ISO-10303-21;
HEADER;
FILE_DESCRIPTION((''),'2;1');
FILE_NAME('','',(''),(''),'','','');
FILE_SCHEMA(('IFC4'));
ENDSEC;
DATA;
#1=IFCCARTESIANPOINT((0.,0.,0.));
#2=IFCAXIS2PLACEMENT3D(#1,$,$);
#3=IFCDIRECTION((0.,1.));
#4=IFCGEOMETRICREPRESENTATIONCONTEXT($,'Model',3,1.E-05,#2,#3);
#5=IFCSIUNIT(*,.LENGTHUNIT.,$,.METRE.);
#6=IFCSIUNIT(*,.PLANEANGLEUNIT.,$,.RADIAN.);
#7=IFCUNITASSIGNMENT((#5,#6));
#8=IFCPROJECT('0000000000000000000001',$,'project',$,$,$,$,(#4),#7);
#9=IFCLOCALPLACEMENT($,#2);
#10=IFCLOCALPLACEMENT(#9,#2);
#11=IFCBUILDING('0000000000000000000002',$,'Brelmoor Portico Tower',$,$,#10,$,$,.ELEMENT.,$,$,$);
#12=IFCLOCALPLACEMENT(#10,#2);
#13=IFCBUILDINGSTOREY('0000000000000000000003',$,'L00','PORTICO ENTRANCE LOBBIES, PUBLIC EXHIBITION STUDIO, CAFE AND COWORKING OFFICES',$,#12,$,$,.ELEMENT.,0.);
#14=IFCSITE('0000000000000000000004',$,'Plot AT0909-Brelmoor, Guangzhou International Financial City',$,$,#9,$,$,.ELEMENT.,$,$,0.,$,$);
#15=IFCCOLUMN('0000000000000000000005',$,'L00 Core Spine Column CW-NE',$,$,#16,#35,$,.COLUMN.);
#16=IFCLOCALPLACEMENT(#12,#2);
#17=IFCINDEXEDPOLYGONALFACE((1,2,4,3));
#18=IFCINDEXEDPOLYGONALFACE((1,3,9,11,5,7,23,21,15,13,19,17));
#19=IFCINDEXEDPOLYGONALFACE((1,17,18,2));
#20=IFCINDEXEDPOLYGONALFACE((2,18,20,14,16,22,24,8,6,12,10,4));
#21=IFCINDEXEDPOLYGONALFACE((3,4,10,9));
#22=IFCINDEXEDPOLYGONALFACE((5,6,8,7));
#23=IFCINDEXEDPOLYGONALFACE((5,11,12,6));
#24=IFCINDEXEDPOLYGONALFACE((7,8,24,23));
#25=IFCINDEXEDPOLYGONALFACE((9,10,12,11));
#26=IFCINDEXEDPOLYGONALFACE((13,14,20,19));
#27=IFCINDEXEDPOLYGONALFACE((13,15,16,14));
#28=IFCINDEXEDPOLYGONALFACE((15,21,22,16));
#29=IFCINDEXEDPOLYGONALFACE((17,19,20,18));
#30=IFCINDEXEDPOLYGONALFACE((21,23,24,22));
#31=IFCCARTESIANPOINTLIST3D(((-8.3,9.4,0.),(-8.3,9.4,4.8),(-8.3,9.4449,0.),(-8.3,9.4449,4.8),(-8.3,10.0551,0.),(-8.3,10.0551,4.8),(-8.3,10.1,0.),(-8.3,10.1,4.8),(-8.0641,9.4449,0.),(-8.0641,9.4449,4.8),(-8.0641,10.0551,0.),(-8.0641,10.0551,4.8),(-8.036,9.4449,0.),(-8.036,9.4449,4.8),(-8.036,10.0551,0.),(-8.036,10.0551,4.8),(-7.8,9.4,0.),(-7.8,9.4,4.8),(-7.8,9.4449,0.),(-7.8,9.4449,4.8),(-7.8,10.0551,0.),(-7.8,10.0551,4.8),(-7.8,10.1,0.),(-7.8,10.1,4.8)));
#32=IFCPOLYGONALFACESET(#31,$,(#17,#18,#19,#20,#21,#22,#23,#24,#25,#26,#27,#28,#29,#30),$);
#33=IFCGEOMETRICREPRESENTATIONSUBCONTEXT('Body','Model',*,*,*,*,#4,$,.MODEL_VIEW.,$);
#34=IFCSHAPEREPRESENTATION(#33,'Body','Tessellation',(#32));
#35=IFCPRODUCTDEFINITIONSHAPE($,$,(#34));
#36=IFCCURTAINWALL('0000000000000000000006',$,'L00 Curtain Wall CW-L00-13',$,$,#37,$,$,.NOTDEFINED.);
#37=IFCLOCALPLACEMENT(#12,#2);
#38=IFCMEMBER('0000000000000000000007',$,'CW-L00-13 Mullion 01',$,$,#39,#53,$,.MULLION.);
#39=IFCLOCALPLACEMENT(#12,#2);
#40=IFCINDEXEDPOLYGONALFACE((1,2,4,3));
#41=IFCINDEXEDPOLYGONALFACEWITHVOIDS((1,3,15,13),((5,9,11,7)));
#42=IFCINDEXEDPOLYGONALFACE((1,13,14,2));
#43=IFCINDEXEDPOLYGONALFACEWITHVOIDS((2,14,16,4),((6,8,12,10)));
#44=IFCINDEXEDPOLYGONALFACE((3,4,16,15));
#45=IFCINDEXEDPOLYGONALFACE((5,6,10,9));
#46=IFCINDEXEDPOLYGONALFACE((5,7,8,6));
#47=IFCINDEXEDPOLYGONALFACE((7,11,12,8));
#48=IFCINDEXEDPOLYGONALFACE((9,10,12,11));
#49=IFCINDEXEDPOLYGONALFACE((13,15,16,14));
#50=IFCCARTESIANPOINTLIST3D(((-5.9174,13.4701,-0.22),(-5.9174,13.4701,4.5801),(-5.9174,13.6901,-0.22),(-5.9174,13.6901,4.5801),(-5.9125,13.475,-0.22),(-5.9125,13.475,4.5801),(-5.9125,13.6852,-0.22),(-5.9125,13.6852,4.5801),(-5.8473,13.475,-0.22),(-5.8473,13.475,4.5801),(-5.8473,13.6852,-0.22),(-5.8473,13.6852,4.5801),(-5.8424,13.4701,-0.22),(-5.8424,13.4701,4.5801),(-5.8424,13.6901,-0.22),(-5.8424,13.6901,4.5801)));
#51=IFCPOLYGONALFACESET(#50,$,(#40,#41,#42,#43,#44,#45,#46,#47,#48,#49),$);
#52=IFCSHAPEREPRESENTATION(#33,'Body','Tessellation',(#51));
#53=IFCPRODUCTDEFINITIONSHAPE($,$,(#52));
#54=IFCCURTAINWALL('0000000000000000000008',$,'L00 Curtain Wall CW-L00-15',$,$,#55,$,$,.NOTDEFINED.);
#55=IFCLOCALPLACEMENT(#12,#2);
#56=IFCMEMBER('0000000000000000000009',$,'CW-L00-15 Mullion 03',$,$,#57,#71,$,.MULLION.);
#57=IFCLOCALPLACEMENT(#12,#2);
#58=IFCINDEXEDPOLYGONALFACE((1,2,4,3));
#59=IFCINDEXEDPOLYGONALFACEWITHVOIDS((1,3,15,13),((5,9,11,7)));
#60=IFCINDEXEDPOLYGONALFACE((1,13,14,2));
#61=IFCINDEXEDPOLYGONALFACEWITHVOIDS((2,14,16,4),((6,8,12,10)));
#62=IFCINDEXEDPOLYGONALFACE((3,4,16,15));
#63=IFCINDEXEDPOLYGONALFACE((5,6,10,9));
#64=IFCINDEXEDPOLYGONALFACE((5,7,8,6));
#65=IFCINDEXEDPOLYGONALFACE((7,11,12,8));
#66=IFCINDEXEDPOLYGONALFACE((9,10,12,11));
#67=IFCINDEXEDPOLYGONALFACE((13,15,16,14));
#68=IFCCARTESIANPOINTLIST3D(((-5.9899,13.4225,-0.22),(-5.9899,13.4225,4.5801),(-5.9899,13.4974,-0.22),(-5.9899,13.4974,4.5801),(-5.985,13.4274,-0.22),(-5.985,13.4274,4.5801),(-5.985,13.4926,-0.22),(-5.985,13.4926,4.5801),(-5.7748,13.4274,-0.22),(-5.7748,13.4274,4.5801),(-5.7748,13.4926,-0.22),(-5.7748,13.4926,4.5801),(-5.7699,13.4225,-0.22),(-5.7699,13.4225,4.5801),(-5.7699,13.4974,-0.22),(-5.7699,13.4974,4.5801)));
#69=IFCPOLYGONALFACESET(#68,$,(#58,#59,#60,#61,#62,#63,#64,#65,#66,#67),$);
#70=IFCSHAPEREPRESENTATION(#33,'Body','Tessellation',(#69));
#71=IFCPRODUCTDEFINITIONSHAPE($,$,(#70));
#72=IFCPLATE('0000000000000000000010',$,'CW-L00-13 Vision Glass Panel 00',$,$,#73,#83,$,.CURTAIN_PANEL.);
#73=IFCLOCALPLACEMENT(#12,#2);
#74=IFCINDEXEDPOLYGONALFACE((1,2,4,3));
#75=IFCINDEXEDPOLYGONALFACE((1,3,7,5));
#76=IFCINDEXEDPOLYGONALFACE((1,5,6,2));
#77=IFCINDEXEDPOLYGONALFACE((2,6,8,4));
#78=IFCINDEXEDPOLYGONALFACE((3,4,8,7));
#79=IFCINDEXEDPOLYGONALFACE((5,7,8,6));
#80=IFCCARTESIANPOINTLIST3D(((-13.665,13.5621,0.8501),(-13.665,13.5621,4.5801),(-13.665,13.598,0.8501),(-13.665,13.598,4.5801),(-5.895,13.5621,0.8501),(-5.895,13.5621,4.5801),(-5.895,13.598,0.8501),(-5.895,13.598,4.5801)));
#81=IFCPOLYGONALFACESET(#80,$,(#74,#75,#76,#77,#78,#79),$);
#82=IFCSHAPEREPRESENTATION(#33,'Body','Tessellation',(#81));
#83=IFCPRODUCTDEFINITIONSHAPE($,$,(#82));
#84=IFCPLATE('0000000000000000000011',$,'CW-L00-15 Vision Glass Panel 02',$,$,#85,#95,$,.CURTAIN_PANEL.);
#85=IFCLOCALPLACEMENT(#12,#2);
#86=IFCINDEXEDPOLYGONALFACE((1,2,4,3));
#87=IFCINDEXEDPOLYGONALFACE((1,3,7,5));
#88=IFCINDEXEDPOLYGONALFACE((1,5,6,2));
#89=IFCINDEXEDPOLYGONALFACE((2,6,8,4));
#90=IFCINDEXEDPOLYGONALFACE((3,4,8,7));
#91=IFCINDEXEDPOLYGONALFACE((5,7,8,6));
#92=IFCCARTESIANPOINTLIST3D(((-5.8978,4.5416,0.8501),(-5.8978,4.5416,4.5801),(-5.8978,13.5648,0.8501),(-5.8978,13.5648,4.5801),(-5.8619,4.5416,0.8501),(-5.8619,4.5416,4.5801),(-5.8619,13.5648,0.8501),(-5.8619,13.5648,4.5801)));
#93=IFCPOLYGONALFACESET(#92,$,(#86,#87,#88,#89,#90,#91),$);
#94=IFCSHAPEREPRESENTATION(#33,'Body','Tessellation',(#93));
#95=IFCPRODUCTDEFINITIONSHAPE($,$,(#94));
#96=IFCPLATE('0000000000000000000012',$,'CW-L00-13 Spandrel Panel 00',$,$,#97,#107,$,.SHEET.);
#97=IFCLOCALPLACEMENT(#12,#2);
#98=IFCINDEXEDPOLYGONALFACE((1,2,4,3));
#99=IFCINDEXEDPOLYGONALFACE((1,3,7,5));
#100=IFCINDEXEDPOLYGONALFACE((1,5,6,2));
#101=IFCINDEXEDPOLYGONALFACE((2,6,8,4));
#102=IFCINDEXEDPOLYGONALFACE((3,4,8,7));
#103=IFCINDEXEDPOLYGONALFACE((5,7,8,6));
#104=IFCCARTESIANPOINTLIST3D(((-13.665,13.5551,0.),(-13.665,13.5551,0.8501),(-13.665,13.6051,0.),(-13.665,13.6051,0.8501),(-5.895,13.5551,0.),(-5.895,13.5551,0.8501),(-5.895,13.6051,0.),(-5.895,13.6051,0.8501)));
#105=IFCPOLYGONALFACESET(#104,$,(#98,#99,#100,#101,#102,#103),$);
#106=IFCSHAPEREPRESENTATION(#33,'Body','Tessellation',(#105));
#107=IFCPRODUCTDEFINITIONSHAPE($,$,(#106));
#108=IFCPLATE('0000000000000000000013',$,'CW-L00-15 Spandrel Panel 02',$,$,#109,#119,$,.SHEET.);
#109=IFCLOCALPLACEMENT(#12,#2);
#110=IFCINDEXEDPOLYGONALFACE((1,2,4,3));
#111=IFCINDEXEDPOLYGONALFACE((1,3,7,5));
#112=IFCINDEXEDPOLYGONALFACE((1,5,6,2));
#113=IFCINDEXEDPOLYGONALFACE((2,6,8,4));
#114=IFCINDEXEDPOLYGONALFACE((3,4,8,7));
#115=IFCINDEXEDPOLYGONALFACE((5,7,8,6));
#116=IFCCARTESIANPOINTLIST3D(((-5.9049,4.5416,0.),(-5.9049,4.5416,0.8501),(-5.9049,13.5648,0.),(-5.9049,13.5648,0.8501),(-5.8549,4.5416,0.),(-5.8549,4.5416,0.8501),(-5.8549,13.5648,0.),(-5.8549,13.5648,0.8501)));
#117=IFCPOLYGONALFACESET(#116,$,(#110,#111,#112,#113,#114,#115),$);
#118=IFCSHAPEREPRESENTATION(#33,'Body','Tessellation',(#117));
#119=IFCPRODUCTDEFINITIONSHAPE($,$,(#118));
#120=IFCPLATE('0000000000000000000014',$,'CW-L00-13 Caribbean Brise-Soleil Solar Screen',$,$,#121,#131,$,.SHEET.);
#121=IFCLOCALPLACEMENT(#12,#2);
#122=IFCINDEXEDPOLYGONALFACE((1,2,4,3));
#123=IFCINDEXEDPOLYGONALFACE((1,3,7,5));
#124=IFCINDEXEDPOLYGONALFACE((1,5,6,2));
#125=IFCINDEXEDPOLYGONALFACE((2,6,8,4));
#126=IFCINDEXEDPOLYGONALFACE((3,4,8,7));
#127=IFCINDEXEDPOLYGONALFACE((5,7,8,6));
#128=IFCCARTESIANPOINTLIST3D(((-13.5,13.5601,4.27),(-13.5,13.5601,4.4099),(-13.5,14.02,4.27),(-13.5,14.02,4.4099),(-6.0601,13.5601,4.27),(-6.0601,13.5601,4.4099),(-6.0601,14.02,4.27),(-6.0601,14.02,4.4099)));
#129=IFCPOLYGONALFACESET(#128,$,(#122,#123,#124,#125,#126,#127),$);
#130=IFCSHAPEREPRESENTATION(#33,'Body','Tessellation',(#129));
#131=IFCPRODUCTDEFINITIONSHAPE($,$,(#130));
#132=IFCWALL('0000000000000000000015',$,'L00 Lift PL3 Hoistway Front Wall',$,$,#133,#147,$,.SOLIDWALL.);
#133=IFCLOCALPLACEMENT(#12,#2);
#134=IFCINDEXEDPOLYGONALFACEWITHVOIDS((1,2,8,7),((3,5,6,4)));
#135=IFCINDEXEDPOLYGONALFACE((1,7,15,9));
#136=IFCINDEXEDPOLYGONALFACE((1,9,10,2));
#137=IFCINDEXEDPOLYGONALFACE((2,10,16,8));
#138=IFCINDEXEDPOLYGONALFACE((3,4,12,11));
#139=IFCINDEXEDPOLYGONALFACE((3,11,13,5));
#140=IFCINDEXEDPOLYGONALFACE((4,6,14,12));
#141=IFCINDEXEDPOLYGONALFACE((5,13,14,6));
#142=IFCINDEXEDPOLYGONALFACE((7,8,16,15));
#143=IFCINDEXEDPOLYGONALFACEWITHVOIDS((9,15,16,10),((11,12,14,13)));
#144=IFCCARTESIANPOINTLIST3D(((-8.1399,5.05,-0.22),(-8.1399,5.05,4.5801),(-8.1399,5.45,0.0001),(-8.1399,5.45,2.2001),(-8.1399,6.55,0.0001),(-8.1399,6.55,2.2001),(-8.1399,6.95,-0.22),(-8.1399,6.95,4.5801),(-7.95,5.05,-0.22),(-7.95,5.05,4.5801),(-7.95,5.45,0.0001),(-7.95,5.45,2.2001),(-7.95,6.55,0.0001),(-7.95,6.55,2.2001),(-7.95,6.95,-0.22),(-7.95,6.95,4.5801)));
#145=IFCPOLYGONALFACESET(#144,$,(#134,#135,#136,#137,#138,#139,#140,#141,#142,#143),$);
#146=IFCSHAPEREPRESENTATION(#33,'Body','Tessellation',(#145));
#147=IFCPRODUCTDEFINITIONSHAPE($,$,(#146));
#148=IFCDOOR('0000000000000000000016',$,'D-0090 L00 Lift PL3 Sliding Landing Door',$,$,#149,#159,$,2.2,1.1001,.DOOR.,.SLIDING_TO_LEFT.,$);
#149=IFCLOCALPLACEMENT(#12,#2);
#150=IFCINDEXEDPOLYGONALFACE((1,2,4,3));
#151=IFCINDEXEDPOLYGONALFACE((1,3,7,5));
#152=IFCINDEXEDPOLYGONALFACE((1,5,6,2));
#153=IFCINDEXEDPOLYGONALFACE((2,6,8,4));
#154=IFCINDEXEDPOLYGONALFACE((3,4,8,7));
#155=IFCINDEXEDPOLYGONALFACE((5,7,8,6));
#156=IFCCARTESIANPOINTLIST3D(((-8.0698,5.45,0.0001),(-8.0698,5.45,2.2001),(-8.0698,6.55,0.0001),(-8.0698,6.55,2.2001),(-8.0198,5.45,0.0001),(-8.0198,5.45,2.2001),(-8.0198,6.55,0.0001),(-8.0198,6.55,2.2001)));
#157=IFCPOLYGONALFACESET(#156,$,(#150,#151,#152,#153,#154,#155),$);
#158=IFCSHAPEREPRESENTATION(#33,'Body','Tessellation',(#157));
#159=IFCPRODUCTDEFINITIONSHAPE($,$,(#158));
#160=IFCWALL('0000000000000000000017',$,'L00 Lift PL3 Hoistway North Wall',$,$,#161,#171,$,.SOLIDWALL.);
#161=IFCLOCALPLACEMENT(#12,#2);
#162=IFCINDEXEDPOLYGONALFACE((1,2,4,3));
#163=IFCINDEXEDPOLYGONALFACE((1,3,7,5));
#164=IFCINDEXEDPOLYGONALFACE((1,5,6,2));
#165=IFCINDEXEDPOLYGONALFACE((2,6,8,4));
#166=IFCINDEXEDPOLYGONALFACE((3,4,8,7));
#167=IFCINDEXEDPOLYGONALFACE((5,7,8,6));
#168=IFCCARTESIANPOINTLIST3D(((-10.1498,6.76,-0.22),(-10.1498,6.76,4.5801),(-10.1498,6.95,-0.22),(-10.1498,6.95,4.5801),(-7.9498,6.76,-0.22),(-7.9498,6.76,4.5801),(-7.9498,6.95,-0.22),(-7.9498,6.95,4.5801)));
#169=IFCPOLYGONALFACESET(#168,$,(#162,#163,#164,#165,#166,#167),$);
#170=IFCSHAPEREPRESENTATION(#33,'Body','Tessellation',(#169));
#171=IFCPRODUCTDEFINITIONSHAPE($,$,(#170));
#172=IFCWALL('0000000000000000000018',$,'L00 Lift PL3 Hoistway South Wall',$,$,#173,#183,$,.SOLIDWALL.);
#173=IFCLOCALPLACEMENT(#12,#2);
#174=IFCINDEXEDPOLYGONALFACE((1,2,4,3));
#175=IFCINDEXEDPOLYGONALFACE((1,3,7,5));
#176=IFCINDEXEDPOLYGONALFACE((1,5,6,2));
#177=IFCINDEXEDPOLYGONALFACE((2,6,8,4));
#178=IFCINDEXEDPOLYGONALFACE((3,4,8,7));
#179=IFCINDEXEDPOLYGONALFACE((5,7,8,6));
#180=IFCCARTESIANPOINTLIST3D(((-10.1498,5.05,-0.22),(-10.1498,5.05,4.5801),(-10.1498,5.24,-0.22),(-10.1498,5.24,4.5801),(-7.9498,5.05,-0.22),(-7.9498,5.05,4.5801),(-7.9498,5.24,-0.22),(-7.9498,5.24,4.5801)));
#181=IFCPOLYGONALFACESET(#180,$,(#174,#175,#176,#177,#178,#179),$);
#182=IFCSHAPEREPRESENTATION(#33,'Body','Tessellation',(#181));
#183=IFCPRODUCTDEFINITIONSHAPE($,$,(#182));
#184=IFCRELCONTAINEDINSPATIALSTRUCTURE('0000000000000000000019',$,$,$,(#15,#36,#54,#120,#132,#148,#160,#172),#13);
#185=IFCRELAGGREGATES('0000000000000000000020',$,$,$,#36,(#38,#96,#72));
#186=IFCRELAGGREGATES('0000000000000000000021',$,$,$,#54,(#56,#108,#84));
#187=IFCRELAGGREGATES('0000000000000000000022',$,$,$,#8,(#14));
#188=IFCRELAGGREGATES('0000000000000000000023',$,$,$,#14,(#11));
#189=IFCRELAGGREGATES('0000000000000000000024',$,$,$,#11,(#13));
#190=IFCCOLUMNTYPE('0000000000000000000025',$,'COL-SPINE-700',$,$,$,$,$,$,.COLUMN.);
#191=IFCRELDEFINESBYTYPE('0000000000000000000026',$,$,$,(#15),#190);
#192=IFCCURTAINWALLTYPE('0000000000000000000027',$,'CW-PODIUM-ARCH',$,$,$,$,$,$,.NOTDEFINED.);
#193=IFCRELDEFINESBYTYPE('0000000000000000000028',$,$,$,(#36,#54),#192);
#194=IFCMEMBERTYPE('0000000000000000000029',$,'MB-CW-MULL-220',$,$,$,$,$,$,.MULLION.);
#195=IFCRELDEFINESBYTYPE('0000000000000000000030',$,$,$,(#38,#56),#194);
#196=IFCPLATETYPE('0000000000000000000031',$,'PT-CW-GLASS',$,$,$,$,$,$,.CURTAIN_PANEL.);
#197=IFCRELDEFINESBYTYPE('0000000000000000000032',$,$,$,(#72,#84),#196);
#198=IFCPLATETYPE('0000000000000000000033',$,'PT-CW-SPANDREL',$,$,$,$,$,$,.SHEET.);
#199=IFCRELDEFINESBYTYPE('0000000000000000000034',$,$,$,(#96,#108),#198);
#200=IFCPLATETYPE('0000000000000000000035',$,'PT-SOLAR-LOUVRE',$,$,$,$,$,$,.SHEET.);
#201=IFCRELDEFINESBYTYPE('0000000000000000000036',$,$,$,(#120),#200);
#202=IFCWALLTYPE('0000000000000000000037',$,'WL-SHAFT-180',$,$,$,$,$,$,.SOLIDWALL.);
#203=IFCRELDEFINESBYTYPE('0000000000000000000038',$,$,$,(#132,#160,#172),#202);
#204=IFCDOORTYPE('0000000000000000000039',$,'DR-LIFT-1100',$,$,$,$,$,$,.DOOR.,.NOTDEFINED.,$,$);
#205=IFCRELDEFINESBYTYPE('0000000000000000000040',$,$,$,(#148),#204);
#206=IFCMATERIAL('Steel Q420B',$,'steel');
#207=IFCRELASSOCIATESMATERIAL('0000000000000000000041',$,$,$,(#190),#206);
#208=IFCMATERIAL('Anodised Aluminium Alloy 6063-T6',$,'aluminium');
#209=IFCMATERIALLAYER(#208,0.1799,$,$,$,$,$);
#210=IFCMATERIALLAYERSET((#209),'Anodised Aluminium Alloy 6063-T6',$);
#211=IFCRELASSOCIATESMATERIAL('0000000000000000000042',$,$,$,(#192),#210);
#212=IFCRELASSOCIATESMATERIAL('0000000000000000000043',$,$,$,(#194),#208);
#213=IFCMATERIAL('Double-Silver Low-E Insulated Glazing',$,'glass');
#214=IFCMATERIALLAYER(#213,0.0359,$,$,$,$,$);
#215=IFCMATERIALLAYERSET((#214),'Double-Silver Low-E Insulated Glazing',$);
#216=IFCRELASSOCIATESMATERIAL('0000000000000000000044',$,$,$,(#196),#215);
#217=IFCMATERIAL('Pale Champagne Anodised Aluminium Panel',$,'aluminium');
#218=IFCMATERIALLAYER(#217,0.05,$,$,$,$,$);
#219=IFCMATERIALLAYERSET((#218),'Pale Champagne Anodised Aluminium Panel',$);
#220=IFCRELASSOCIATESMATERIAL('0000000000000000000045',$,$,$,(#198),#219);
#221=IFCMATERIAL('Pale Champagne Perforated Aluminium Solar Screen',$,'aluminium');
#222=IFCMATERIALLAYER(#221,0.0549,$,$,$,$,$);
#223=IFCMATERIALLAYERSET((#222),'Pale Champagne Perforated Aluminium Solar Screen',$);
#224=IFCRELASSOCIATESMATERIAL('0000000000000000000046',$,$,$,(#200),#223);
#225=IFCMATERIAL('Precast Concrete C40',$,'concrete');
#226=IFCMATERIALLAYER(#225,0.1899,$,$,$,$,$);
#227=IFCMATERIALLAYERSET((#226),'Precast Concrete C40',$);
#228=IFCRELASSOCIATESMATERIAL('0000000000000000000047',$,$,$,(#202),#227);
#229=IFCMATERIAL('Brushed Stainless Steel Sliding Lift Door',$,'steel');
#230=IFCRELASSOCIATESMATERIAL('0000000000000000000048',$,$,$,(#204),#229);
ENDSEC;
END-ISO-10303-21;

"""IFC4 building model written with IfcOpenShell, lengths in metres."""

from ifc_helpers import new_model, si_unit, direction, frame, frame_2d, origin, origin_2d, place, context, subcontext, project, spatial, rectangle, hollow_rectangle, i_section, extrude, material, layer, layer_set, material_profile, profile_set, type_object, element, fill, aggregate, save


model = new_model("IFC4")

# Units and contexts
model_context = context("Model", 3, precision=1e-05, world=origin(), true_north=direction((0.0, 1.0)))
body_context = subcontext(model_context, "Body", "Model", "MODEL_VIEW")
ifc_project = project(units=[si_unit("LENGTHUNIT", "METRE"), si_unit("PLANEANGLEUNIT", "RADIAN")], contexts=[model_context])

# Site, building, storey
site_placement = place(None, origin())
site = spatial("IfcSite", under=ifc_project, at=site_placement, Name="Plot AT0909-Brelmoor, Guangzhou International Financial City", CompositionType="ELEMENT", RefElevation=0.0)
building_placement = place(site_placement, origin())
building = spatial("IfcBuilding", under=site, at=building_placement, Name="Brelmoor Portico Tower", CompositionType="ELEMENT")
storey_placement = place(building_placement, origin())
storey = spatial("IfcBuildingStorey", under=building, at=storey_placement, Name="L00", Description="PORTICO ENTRANCE LOBBIES, PUBLIC EXHIBITION STUDIO, CAFE AND COWORKING OFFICES", CompositionType="ELEMENT", Elevation=0.0)

# Column
ifc_material_1 = material(Name="Steel Q420B", Category="steel")
ifc_material_profile_1 = material_profile(ifc_material_1, i_section(OverallWidth=0.5, OverallDepth=0.7, WebThickness=0.0281, FlangeThickness=0.0449, at=origin_2d()), Name="HW 700x500x28x45")
ifc_profile_set_1 = profile_set([ifc_material_profile_1], Name="Steel Q420B")
column_type = type_object("IfcColumnType", Name="COL-SPINE-700", PredefinedType="COLUMN", material=ifc_profile_set_1)
column_placement = place(storey_placement, frame((-8.05, 9.75, 0.0), z_axis=(0.0, 0.0, 1.0), x_axis=(1.0, 0.0, 0.0)))
element("IfcColumn", 1, at=column_placement, inside=storey, type_object=column_type, Name="L00 Core Spine Column CW-NE", PredefinedType="COLUMN", context=body_context, shape_type="SweptSolid", body=[
    extrude(i_section(OverallWidth=0.5, OverallDepth=0.7, WebThickness=0.0281, FlangeThickness=0.0449, at=origin_2d()), origin(), (0.0, 0.0, 1.0), 4.8),
])

# Curtain walls, members
ifc_material_2 = material(Name="Anodised Aluminium Alloy 6063-T6", Category="aluminium")
ifc_layer_1 = layer(ifc_material_2, 0.1799)
ifc_layer_set_1 = layer_set([ifc_layer_1], Name="Anodised Aluminium Alloy 6063-T6")
curtain_wall_type = type_object("IfcCurtainWallType", Name="CW-PODIUM-ARCH", PredefinedType="NOTDEFINED", material=ifc_layer_set_1)
curtain_wall_1_placement = place(storey_placement, origin())
curtain_wall_1 = element("IfcCurtainWall", 2, at=curtain_wall_1_placement, inside=storey, type_object=curtain_wall_type, Name="L00 Curtain Wall CW-L00-13", PredefinedType="NOTDEFINED")
ifc_material_profile_2 = material_profile(ifc_material_2, hollow_rectangle(XDim=0.075, YDim=0.22, WallThickness=0.0049, at=origin_2d()), Name="ALU MULLION 75x220")
ifc_profile_set_2 = profile_set([ifc_material_profile_2], Name="Anodised Aluminium Alloy 6063-T6")
member_type = type_object("IfcMemberType", Name="MB-CW-MULL-220", PredefinedType="MULLION", material=ifc_profile_set_2)
member_1_placement = place(storey_placement, frame((-5.8799, 13.5801, -0.22), z_axis=(0.0, 0.0, 1.0), x_axis=(1.0, 0.0, 0.0)))
member_1 = element("IfcMember", 3, at=member_1_placement, type_object=member_type, Name="CW-L00-13 Mullion 01", PredefinedType="MULLION", context=body_context, shape_type="SweptSolid", body=[
    extrude(hollow_rectangle(XDim=0.075, YDim=0.22, WallThickness=0.0049, at=origin_2d()), origin(), (0.0, 0.0, 1.0), 4.8),
])
curtain_wall_2_placement = place(storey_placement, origin())
curtain_wall_2 = element("IfcCurtainWall", 4, at=curtain_wall_2_placement, inside=storey, type_object=curtain_wall_type, Name="L00 Curtain Wall CW-L00-15", PredefinedType="NOTDEFINED")
member_2_placement = place(storey_placement, frame((-5.8799, 13.46, -0.22), z_axis=(0.0, 0.0, 1.0), x_axis=(0.0, 1.0, 0.0)))
member_2 = element("IfcMember", 5, at=member_2_placement, type_object=member_type, Name="CW-L00-15 Mullion 03", PredefinedType="MULLION", context=body_context, shape_type="SweptSolid", body=[
    extrude(hollow_rectangle(XDim=0.075, YDim=0.22, WallThickness=0.0049, at=origin_2d()), origin(), (0.0, 0.0, 1.0), 4.8),
])

# Plates
ifc_material_3 = material(Name="Double-Silver Low-E Insulated Glazing", Category="glass")
ifc_layer_2 = layer(ifc_material_3, 0.0359)
ifc_layer_set_2 = layer_set([ifc_layer_2], Name="Double-Silver Low-E Insulated Glazing")
plate_type_1 = type_object("IfcPlateType", Name="PT-CW-GLASS", PredefinedType="CURTAIN_PANEL", material=ifc_layer_set_2)
plate_1_placement = place(storey_placement, frame((-9.78, 13.5801, 0.8501), z_axis=(0.0, 0.0, 1.0), x_axis=(1.0, 0.0, 0.0)))
plate_1 = element("IfcPlate", 6, at=plate_1_placement, type_object=plate_type_1, Name="CW-L00-13 Vision Glass Panel 00", PredefinedType="CURTAIN_PANEL", context=body_context, shape_type="SweptSolid", body=[
    extrude(rectangle(XDim=7.77, YDim=0.0359, at=origin_2d()), origin(), (0.0, 0.0, 1.0), 3.73),
])
plate_2_placement = place(storey_placement, frame((-5.8799, 9.0532, 0.8501), z_axis=(0.0, 0.0, 1.0), x_axis=(0.0, 1.0, 0.0)))
plate_2 = element("IfcPlate", 7, at=plate_2_placement, type_object=plate_type_1, Name="CW-L00-15 Vision Glass Panel 02", PredefinedType="CURTAIN_PANEL", context=body_context, shape_type="SweptSolid", body=[
    extrude(rectangle(XDim=9.0232, YDim=0.0359, at=origin_2d()), origin(), (0.0, 0.0, 1.0), 3.73),
])
ifc_material_4 = material(Name="Pale Champagne Anodised Aluminium Panel", Category="aluminium")
ifc_layer_3 = layer(ifc_material_4, 0.05)
ifc_layer_set_3 = layer_set([ifc_layer_3], Name="Pale Champagne Anodised Aluminium Panel")
plate_type_2 = type_object("IfcPlateType", Name="PT-CW-SPANDREL", PredefinedType="SHEET", material=ifc_layer_set_3)
plate_3_placement = place(storey_placement, frame((-9.78, 13.5801, 0.0), z_axis=(0.0, 0.0, 1.0), x_axis=(1.0, 0.0, 0.0)))
plate_3 = element("IfcPlate", 8, at=plate_3_placement, type_object=plate_type_2, Name="CW-L00-13 Spandrel Panel 00", PredefinedType="SHEET", context=body_context, shape_type="SweptSolid", body=[
    extrude(rectangle(XDim=7.77, YDim=0.05, at=origin_2d()), origin(), (0.0, 0.0, 1.0), 0.8501),
])
aggregate(curtain_wall_1, [member_1, plate_3, plate_1])
plate_4_placement = place(storey_placement, frame((-5.8799, 9.0532, 0.0), z_axis=(0.0, 0.0, 1.0), x_axis=(0.0, 1.0, 0.0)))
plate_4 = element("IfcPlate", 9, at=plate_4_placement, type_object=plate_type_2, Name="CW-L00-15 Spandrel Panel 02", PredefinedType="SHEET", context=body_context, shape_type="SweptSolid", body=[
    extrude(rectangle(XDim=9.0232, YDim=0.05, at=origin_2d()), origin(), (0.0, 0.0, 1.0), 0.8501),
])
aggregate(curtain_wall_2, [member_2, plate_4, plate_2])
ifc_material_5 = material(Name="Pale Champagne Perforated Aluminium Solar Screen", Category="aluminium")
ifc_layer_4 = layer(ifc_material_5, 0.0549)
ifc_layer_set_4 = layer_set([ifc_layer_4], Name="Pale Champagne Perforated Aluminium Solar Screen")
plate_type_3 = type_object("IfcPlateType", Name="PT-SOLAR-LOUVRE", PredefinedType="SHEET", material=ifc_layer_set_4)
plate_5_placement = place(storey_placement, frame((-9.78, 13.79, 4.27), z_axis=(0.0, 0.0, 1.0), x_axis=(1.0, 0.0, 0.0)))
element("IfcPlate", 10, at=plate_5_placement, inside=storey, type_object=plate_type_3, Name="CW-L00-13 Caribbean Brise-Soleil Solar Screen", PredefinedType="SHEET", context=body_context, shape_type="SweptSolid", body=[
    extrude(rectangle(XDim=7.4399, YDim=0.46, at=origin_2d()), origin(), (0.0, 0.0, 1.0), 0.1399),
])

# Wall, opening, door
ifc_material_6 = material(Name="Precast Concrete C40", Category="concrete")
ifc_layer_5 = layer(ifc_material_6, 0.1899)
ifc_layer_set_5 = layer_set([ifc_layer_5], Name="Precast Concrete C40")
wall_type_1 = type_object("IfcWallType", Name="WL-SHAFT-180", PredefinedType="SOLIDWALL", material=ifc_layer_set_5)
wall_1_placement = place(storey_placement, frame((-8.0449, 5.05, -0.22), z_axis=(0.0, 0.0, 1.0), x_axis=(0.0, 1.0, 0.0)))
wall_1 = element("IfcWall", 11, at=wall_1_placement, inside=storey, type_object=wall_type_1, Name="L00 Lift PL3 Hoistway Front Wall", PredefinedType="SOLIDWALL", context=body_context, shape_type="SweptSolid", body=[
    extrude(rectangle(XDim=1.8999, YDim=0.1899, at=frame_2d((0.95, 0.0))), origin(), (0.0, 0.0, 1.0), 4.8),
])
opening_1_placement = place(wall_1_placement, frame((0.3999, 0.0, 0.22)))
opening_1 = element("IfcOpeningElement", 12, at=opening_1_placement, cuts=wall_1, PredefinedType="OPENING", context=body_context, shape_type="SweptSolid", body=[
    extrude(rectangle(XDim=1.1001, YDim=2.2, at=frame_2d((0.55, 1.1001))), frame((0.0, 0.105, 0.0), z_axis=(0.0, -1.0, 0.0), x_axis=(1.0, 0.0, 0.0)), (0.0, 0.0, 1.0), 0.21),
])
ifc_material_7 = material(Name="Brushed Stainless Steel Sliding Lift Door", Category="steel")
door_type_1 = type_object("IfcDoorType", Name="DR-LIFT-1100", OperationType="NOTDEFINED", PredefinedType="DOOR", material=ifc_material_7)
door_1_placement = place(opening_1_placement, origin())
door_1 = element("IfcDoor", 13, at=door_1_placement, inside=storey, type_object=door_type_1, Name="D-0090 L00 Lift PL3 Sliding Landing Door", OperationType="SLIDING_TO_LEFT", OverallHeight=2.2, OverallWidth=1.1001, PredefinedType="DOOR", context=body_context, shape_type="SweptSolid", body=[
    extrude(rectangle(XDim=1.1001, YDim=2.2, at=frame_2d((0.55, 1.1001))), frame((0.0, 0.0249, 0.0), z_axis=(0.0, -1.0, 0.0), x_axis=(1.0, 0.0, 0.0)), (0.0, 0.0, 1.0), 0.05),
])
fill(opening_1, door_1)

# Walls
for number, where, z_axis, x_axis, name in (
    (14, (-10.1499, 6.855, -0.22), (0.0, 0.0, 1.0), (1.0, 0.0, 0.0), "L00 Lift PL3 Hoistway North Wall"),
    (15, (-10.1499, 5.145, -0.22), (0.0, 0.0, 1.0), (1.0, 0.0, 0.0), "L00 Lift PL3 Hoistway South Wall"),
):
    element("IfcWall", number, at=place(storey_placement, frame(where, z_axis=z_axis, x_axis=x_axis)), inside=storey, type_object=wall_type_1, Name=name, PredefinedType="SOLIDWALL", context=body_context, shape_type="SweptSolid", body=[
        extrude(rectangle(XDim=2.2, YDim=0.1899, at=frame_2d((1.1001, 0.0))), origin(), (0.0, 0.0, 1.0), 4.8),
    ])

save(model, "model.ifc")
